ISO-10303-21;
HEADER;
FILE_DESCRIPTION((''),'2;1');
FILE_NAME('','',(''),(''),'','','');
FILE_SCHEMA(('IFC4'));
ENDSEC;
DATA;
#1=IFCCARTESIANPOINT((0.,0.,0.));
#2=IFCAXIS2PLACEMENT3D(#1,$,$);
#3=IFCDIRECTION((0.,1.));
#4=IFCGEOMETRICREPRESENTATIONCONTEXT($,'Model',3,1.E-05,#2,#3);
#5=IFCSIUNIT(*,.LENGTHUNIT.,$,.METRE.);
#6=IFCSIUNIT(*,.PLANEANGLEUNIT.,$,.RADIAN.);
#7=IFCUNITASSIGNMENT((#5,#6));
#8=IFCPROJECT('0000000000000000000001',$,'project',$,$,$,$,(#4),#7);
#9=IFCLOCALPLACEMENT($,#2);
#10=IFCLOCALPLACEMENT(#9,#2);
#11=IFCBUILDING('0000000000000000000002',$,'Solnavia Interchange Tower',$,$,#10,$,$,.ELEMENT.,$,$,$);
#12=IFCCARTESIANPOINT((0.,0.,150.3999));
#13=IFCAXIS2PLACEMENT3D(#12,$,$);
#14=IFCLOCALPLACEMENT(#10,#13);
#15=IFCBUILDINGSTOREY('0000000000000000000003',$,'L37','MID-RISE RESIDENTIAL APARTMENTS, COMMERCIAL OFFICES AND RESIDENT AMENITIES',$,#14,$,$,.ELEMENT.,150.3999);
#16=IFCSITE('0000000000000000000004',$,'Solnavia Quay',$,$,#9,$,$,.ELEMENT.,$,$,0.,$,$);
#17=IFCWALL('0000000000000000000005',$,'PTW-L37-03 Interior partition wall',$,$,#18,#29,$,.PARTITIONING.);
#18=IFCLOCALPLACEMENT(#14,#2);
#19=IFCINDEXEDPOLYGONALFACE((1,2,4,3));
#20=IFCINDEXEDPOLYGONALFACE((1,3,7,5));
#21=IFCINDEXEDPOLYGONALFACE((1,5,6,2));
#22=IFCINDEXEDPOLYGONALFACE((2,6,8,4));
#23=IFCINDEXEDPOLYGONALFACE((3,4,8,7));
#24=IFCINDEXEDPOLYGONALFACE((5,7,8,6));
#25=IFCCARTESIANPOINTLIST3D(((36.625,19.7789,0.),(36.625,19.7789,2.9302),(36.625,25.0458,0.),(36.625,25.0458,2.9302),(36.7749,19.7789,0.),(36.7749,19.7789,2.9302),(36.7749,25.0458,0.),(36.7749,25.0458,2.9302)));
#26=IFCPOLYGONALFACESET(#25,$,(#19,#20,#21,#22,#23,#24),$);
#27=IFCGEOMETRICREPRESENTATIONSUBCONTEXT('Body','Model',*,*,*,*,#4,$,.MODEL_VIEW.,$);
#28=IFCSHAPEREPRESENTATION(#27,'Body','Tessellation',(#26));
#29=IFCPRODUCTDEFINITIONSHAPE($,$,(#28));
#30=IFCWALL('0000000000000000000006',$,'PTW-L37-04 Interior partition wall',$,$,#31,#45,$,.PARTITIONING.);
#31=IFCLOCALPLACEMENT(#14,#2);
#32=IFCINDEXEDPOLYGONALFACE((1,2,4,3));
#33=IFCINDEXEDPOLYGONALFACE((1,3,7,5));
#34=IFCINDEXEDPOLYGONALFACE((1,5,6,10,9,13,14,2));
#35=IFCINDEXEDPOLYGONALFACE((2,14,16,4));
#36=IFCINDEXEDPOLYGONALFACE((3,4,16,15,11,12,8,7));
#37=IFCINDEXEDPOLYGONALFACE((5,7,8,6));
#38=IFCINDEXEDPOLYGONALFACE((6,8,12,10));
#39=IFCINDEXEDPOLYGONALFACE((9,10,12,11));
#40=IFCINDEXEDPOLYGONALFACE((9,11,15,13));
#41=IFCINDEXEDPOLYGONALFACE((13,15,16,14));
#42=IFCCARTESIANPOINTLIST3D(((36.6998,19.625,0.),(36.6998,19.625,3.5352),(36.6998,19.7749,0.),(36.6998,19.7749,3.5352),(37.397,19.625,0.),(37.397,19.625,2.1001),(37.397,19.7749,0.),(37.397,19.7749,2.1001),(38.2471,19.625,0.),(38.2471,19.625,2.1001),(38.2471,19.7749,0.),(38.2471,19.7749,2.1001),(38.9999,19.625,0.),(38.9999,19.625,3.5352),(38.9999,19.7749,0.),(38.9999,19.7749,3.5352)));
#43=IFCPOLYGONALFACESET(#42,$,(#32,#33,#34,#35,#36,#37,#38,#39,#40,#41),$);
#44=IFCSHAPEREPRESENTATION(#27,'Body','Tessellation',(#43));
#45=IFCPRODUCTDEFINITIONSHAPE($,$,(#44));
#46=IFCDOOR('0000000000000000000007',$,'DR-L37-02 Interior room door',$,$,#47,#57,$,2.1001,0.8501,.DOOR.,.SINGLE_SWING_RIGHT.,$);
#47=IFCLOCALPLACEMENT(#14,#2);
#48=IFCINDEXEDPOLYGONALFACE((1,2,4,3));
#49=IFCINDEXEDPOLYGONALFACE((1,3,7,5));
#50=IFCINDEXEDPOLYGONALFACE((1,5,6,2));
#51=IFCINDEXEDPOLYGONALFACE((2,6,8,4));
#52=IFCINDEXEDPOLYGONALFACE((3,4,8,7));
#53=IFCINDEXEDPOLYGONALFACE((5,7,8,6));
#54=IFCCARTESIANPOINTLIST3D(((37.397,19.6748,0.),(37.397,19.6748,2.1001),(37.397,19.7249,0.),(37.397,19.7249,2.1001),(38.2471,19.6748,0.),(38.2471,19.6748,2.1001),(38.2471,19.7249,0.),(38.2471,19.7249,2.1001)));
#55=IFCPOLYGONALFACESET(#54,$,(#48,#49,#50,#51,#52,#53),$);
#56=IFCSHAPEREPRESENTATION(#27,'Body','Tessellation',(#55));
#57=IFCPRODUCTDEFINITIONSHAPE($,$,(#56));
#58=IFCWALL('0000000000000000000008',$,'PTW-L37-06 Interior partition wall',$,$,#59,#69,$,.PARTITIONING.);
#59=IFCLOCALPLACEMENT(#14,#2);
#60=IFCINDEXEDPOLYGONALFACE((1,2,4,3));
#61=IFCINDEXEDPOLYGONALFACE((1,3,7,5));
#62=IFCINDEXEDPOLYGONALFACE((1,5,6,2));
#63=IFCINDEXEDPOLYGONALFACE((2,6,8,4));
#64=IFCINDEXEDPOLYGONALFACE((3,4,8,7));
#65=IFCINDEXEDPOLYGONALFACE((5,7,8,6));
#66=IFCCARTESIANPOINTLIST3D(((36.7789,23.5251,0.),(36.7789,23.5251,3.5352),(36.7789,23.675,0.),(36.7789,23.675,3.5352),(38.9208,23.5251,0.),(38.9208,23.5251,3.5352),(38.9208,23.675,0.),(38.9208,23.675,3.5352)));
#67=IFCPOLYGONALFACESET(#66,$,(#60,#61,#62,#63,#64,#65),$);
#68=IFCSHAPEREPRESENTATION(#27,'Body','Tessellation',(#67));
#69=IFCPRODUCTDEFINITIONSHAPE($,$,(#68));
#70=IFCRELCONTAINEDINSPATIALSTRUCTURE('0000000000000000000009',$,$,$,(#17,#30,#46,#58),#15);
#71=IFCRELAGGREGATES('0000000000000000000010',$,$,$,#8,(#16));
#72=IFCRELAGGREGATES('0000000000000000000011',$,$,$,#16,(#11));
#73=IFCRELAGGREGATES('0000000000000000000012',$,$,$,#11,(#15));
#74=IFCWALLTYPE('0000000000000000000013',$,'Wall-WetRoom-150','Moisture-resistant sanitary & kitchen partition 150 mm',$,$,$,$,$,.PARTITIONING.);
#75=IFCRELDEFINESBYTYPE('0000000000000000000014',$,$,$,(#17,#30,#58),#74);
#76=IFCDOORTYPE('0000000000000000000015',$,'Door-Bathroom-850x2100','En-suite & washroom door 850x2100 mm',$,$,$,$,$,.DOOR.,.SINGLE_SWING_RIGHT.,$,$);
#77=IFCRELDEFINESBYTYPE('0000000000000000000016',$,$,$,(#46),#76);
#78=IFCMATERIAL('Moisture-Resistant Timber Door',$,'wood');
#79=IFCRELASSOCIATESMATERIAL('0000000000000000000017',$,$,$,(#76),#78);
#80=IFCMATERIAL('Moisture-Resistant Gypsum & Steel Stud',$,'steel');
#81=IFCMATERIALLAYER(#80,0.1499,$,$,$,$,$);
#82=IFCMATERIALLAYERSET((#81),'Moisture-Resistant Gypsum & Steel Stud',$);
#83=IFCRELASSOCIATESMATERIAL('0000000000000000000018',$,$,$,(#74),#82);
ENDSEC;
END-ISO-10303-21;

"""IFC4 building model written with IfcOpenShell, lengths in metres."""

from ifc_helpers import new_model, si_unit, direction, frame, frame_2d, origin, place, context, subcontext, project, spatial, rectangle, extrude, material, layer, layer_set, type_object, element, fill, save


model = new_model("IFC4")

# Units and contexts
model_context = context("Model", 3, precision=1e-05, world=origin(), true_north=direction((0.0, 1.0)))
body_context = subcontext(model_context, "Body", "Model", "MODEL_VIEW")
ifc_project = project(units=[si_unit("LENGTHUNIT", "METRE"), si_unit("PLANEANGLEUNIT", "RADIAN")], contexts=[model_context])

# Site, building, storey
site_placement = place(None, origin())
site = spatial("IfcSite", under=ifc_project, at=site_placement, Name="Solnavia Quay", CompositionType="ELEMENT", RefElevation=0.0)
building_placement = place(site_placement, origin())
building = spatial("IfcBuilding", under=site, at=building_placement, Name="Solnavia Interchange Tower", CompositionType="ELEMENT")
storey_placement = place(building_placement, frame((0.0, 0.0, 150.3999)))
storey = spatial("IfcBuildingStorey", under=building, at=storey_placement, Name="L37", Description="MID-RISE RESIDENTIAL APARTMENTS, COMMERCIAL OFFICES AND RESIDENT AMENITIES", CompositionType="ELEMENT", Elevation=150.3999)

# Shared definitions
ifc_material_1 = material(Name="Moisture-Resistant Timber Door", Category="wood")
door_type_1 = type_object("IfcDoorType", Name="Door-Bathroom-850x2100", Description="En-suite & washroom door 850x2100 mm", OperationType="SINGLE_SWING_RIGHT", PredefinedType="DOOR", material=ifc_material_1)

# Shared definitions
ifc_material_2 = material(Name="Moisture-Resistant Gypsum & Steel Stud", Category="steel")
ifc_layer_1 = layer(ifc_material_2, 0.1499)
ifc_layer_set_1 = layer_set([ifc_layer_1], Name="Moisture-Resistant Gypsum & Steel Stud")
wall_type_1 = type_object("IfcWallType", Name="Wall-WetRoom-150", Description="Moisture-resistant sanitary & kitchen partition 150 mm", PredefinedType="PARTITIONING", material=ifc_layer_set_1)

# Wall
wall_1_placement = place(storey_placement, frame((36.7, 19.7791, 0.0), z_axis=(0.0, 0.0, 1.0), x_axis=(0.0, 1.0, 0.0)))
element("IfcWall", 1, at=wall_1_placement, inside=storey, type_object=wall_type_1, Name="PTW-L37-03 Interior partition wall", PredefinedType="PARTITIONING", context=body_context, shape_type="SweptSolid", body=[
    extrude(rectangle(XDim=5.2668, YDim=0.1499, at=frame_2d((2.6333, 0.0))), origin(), (0.0, 0.0, 1.0), 2.9302),
])

# Wall, opening, door
wall_2_placement = place(storey_placement, frame((36.7, 19.7, 0.0), z_axis=(0.0, 0.0, 1.0), x_axis=(1.0, 0.0, 0.0)))
wall_2 = element("IfcWall", 2, at=wall_2_placement, inside=storey, type_object=wall_type_1, Name="PTW-L37-04 Interior partition wall", PredefinedType="PARTITIONING", context=body_context, shape_type="SweptSolid", body=[
    extrude(rectangle(XDim=2.3, YDim=0.1499, at=frame_2d((1.1499, 0.0))), origin(), (0.0, 0.0, 1.0), 3.5352),
])
opening_1_placement = place(wall_2_placement, frame((0.697, 0.0, 0.0)))
opening_1 = element("IfcOpeningElement", 3, at=opening_1_placement, cuts=wall_2, PredefinedType="OPENING", context=body_context, shape_type="SweptSolid", body=[
    extrude(rectangle(XDim=0.8501, YDim=2.1001, at=frame_2d((0.425, 1.05))), frame((0.0, 0.085, 0.0), z_axis=(0.0, -1.0, 0.0), x_axis=(1.0, 0.0, 0.0)), (0.0, 0.0, 1.0), 0.1699),
])
door_1_placement = place(opening_1_placement, origin())
door_1 = element("IfcDoor", 4, at=door_1_placement, inside=storey, type_object=door_type_1, Name="DR-L37-02 Interior room door", OperationType="SINGLE_SWING_RIGHT", OverallHeight=2.1001, OverallWidth=0.8501, PredefinedType="DOOR", context=body_context, shape_type="SweptSolid", body=[
    extrude(rectangle(XDim=0.8501, YDim=2.1001, at=frame_2d((0.425, 1.05))), frame((0.0, 0.0249, 0.0), z_axis=(0.0, -1.0, 0.0), x_axis=(1.0, 0.0, 0.0)), (0.0, 0.0, 1.0), 0.05),
])
fill(opening_1, door_1)

# Wall
wall_3_placement = place(storey_placement, frame((36.7791, 23.6001, 0.0), z_axis=(0.0, 0.0, 1.0), x_axis=(1.0, 0.0, 0.0)))
element("IfcWall", 5, at=wall_3_placement, inside=storey, type_object=wall_type_1, Name="PTW-L37-06 Interior partition wall", PredefinedType="PARTITIONING", context=body_context, shape_type="SweptSolid", body=[
    extrude(rectangle(XDim=2.1418, YDim=0.1499, at=frame_2d((1.0708, 0.0))), origin(), (0.0, 0.0, 1.0), 3.5352),
])

save(model, "model.ifc")
